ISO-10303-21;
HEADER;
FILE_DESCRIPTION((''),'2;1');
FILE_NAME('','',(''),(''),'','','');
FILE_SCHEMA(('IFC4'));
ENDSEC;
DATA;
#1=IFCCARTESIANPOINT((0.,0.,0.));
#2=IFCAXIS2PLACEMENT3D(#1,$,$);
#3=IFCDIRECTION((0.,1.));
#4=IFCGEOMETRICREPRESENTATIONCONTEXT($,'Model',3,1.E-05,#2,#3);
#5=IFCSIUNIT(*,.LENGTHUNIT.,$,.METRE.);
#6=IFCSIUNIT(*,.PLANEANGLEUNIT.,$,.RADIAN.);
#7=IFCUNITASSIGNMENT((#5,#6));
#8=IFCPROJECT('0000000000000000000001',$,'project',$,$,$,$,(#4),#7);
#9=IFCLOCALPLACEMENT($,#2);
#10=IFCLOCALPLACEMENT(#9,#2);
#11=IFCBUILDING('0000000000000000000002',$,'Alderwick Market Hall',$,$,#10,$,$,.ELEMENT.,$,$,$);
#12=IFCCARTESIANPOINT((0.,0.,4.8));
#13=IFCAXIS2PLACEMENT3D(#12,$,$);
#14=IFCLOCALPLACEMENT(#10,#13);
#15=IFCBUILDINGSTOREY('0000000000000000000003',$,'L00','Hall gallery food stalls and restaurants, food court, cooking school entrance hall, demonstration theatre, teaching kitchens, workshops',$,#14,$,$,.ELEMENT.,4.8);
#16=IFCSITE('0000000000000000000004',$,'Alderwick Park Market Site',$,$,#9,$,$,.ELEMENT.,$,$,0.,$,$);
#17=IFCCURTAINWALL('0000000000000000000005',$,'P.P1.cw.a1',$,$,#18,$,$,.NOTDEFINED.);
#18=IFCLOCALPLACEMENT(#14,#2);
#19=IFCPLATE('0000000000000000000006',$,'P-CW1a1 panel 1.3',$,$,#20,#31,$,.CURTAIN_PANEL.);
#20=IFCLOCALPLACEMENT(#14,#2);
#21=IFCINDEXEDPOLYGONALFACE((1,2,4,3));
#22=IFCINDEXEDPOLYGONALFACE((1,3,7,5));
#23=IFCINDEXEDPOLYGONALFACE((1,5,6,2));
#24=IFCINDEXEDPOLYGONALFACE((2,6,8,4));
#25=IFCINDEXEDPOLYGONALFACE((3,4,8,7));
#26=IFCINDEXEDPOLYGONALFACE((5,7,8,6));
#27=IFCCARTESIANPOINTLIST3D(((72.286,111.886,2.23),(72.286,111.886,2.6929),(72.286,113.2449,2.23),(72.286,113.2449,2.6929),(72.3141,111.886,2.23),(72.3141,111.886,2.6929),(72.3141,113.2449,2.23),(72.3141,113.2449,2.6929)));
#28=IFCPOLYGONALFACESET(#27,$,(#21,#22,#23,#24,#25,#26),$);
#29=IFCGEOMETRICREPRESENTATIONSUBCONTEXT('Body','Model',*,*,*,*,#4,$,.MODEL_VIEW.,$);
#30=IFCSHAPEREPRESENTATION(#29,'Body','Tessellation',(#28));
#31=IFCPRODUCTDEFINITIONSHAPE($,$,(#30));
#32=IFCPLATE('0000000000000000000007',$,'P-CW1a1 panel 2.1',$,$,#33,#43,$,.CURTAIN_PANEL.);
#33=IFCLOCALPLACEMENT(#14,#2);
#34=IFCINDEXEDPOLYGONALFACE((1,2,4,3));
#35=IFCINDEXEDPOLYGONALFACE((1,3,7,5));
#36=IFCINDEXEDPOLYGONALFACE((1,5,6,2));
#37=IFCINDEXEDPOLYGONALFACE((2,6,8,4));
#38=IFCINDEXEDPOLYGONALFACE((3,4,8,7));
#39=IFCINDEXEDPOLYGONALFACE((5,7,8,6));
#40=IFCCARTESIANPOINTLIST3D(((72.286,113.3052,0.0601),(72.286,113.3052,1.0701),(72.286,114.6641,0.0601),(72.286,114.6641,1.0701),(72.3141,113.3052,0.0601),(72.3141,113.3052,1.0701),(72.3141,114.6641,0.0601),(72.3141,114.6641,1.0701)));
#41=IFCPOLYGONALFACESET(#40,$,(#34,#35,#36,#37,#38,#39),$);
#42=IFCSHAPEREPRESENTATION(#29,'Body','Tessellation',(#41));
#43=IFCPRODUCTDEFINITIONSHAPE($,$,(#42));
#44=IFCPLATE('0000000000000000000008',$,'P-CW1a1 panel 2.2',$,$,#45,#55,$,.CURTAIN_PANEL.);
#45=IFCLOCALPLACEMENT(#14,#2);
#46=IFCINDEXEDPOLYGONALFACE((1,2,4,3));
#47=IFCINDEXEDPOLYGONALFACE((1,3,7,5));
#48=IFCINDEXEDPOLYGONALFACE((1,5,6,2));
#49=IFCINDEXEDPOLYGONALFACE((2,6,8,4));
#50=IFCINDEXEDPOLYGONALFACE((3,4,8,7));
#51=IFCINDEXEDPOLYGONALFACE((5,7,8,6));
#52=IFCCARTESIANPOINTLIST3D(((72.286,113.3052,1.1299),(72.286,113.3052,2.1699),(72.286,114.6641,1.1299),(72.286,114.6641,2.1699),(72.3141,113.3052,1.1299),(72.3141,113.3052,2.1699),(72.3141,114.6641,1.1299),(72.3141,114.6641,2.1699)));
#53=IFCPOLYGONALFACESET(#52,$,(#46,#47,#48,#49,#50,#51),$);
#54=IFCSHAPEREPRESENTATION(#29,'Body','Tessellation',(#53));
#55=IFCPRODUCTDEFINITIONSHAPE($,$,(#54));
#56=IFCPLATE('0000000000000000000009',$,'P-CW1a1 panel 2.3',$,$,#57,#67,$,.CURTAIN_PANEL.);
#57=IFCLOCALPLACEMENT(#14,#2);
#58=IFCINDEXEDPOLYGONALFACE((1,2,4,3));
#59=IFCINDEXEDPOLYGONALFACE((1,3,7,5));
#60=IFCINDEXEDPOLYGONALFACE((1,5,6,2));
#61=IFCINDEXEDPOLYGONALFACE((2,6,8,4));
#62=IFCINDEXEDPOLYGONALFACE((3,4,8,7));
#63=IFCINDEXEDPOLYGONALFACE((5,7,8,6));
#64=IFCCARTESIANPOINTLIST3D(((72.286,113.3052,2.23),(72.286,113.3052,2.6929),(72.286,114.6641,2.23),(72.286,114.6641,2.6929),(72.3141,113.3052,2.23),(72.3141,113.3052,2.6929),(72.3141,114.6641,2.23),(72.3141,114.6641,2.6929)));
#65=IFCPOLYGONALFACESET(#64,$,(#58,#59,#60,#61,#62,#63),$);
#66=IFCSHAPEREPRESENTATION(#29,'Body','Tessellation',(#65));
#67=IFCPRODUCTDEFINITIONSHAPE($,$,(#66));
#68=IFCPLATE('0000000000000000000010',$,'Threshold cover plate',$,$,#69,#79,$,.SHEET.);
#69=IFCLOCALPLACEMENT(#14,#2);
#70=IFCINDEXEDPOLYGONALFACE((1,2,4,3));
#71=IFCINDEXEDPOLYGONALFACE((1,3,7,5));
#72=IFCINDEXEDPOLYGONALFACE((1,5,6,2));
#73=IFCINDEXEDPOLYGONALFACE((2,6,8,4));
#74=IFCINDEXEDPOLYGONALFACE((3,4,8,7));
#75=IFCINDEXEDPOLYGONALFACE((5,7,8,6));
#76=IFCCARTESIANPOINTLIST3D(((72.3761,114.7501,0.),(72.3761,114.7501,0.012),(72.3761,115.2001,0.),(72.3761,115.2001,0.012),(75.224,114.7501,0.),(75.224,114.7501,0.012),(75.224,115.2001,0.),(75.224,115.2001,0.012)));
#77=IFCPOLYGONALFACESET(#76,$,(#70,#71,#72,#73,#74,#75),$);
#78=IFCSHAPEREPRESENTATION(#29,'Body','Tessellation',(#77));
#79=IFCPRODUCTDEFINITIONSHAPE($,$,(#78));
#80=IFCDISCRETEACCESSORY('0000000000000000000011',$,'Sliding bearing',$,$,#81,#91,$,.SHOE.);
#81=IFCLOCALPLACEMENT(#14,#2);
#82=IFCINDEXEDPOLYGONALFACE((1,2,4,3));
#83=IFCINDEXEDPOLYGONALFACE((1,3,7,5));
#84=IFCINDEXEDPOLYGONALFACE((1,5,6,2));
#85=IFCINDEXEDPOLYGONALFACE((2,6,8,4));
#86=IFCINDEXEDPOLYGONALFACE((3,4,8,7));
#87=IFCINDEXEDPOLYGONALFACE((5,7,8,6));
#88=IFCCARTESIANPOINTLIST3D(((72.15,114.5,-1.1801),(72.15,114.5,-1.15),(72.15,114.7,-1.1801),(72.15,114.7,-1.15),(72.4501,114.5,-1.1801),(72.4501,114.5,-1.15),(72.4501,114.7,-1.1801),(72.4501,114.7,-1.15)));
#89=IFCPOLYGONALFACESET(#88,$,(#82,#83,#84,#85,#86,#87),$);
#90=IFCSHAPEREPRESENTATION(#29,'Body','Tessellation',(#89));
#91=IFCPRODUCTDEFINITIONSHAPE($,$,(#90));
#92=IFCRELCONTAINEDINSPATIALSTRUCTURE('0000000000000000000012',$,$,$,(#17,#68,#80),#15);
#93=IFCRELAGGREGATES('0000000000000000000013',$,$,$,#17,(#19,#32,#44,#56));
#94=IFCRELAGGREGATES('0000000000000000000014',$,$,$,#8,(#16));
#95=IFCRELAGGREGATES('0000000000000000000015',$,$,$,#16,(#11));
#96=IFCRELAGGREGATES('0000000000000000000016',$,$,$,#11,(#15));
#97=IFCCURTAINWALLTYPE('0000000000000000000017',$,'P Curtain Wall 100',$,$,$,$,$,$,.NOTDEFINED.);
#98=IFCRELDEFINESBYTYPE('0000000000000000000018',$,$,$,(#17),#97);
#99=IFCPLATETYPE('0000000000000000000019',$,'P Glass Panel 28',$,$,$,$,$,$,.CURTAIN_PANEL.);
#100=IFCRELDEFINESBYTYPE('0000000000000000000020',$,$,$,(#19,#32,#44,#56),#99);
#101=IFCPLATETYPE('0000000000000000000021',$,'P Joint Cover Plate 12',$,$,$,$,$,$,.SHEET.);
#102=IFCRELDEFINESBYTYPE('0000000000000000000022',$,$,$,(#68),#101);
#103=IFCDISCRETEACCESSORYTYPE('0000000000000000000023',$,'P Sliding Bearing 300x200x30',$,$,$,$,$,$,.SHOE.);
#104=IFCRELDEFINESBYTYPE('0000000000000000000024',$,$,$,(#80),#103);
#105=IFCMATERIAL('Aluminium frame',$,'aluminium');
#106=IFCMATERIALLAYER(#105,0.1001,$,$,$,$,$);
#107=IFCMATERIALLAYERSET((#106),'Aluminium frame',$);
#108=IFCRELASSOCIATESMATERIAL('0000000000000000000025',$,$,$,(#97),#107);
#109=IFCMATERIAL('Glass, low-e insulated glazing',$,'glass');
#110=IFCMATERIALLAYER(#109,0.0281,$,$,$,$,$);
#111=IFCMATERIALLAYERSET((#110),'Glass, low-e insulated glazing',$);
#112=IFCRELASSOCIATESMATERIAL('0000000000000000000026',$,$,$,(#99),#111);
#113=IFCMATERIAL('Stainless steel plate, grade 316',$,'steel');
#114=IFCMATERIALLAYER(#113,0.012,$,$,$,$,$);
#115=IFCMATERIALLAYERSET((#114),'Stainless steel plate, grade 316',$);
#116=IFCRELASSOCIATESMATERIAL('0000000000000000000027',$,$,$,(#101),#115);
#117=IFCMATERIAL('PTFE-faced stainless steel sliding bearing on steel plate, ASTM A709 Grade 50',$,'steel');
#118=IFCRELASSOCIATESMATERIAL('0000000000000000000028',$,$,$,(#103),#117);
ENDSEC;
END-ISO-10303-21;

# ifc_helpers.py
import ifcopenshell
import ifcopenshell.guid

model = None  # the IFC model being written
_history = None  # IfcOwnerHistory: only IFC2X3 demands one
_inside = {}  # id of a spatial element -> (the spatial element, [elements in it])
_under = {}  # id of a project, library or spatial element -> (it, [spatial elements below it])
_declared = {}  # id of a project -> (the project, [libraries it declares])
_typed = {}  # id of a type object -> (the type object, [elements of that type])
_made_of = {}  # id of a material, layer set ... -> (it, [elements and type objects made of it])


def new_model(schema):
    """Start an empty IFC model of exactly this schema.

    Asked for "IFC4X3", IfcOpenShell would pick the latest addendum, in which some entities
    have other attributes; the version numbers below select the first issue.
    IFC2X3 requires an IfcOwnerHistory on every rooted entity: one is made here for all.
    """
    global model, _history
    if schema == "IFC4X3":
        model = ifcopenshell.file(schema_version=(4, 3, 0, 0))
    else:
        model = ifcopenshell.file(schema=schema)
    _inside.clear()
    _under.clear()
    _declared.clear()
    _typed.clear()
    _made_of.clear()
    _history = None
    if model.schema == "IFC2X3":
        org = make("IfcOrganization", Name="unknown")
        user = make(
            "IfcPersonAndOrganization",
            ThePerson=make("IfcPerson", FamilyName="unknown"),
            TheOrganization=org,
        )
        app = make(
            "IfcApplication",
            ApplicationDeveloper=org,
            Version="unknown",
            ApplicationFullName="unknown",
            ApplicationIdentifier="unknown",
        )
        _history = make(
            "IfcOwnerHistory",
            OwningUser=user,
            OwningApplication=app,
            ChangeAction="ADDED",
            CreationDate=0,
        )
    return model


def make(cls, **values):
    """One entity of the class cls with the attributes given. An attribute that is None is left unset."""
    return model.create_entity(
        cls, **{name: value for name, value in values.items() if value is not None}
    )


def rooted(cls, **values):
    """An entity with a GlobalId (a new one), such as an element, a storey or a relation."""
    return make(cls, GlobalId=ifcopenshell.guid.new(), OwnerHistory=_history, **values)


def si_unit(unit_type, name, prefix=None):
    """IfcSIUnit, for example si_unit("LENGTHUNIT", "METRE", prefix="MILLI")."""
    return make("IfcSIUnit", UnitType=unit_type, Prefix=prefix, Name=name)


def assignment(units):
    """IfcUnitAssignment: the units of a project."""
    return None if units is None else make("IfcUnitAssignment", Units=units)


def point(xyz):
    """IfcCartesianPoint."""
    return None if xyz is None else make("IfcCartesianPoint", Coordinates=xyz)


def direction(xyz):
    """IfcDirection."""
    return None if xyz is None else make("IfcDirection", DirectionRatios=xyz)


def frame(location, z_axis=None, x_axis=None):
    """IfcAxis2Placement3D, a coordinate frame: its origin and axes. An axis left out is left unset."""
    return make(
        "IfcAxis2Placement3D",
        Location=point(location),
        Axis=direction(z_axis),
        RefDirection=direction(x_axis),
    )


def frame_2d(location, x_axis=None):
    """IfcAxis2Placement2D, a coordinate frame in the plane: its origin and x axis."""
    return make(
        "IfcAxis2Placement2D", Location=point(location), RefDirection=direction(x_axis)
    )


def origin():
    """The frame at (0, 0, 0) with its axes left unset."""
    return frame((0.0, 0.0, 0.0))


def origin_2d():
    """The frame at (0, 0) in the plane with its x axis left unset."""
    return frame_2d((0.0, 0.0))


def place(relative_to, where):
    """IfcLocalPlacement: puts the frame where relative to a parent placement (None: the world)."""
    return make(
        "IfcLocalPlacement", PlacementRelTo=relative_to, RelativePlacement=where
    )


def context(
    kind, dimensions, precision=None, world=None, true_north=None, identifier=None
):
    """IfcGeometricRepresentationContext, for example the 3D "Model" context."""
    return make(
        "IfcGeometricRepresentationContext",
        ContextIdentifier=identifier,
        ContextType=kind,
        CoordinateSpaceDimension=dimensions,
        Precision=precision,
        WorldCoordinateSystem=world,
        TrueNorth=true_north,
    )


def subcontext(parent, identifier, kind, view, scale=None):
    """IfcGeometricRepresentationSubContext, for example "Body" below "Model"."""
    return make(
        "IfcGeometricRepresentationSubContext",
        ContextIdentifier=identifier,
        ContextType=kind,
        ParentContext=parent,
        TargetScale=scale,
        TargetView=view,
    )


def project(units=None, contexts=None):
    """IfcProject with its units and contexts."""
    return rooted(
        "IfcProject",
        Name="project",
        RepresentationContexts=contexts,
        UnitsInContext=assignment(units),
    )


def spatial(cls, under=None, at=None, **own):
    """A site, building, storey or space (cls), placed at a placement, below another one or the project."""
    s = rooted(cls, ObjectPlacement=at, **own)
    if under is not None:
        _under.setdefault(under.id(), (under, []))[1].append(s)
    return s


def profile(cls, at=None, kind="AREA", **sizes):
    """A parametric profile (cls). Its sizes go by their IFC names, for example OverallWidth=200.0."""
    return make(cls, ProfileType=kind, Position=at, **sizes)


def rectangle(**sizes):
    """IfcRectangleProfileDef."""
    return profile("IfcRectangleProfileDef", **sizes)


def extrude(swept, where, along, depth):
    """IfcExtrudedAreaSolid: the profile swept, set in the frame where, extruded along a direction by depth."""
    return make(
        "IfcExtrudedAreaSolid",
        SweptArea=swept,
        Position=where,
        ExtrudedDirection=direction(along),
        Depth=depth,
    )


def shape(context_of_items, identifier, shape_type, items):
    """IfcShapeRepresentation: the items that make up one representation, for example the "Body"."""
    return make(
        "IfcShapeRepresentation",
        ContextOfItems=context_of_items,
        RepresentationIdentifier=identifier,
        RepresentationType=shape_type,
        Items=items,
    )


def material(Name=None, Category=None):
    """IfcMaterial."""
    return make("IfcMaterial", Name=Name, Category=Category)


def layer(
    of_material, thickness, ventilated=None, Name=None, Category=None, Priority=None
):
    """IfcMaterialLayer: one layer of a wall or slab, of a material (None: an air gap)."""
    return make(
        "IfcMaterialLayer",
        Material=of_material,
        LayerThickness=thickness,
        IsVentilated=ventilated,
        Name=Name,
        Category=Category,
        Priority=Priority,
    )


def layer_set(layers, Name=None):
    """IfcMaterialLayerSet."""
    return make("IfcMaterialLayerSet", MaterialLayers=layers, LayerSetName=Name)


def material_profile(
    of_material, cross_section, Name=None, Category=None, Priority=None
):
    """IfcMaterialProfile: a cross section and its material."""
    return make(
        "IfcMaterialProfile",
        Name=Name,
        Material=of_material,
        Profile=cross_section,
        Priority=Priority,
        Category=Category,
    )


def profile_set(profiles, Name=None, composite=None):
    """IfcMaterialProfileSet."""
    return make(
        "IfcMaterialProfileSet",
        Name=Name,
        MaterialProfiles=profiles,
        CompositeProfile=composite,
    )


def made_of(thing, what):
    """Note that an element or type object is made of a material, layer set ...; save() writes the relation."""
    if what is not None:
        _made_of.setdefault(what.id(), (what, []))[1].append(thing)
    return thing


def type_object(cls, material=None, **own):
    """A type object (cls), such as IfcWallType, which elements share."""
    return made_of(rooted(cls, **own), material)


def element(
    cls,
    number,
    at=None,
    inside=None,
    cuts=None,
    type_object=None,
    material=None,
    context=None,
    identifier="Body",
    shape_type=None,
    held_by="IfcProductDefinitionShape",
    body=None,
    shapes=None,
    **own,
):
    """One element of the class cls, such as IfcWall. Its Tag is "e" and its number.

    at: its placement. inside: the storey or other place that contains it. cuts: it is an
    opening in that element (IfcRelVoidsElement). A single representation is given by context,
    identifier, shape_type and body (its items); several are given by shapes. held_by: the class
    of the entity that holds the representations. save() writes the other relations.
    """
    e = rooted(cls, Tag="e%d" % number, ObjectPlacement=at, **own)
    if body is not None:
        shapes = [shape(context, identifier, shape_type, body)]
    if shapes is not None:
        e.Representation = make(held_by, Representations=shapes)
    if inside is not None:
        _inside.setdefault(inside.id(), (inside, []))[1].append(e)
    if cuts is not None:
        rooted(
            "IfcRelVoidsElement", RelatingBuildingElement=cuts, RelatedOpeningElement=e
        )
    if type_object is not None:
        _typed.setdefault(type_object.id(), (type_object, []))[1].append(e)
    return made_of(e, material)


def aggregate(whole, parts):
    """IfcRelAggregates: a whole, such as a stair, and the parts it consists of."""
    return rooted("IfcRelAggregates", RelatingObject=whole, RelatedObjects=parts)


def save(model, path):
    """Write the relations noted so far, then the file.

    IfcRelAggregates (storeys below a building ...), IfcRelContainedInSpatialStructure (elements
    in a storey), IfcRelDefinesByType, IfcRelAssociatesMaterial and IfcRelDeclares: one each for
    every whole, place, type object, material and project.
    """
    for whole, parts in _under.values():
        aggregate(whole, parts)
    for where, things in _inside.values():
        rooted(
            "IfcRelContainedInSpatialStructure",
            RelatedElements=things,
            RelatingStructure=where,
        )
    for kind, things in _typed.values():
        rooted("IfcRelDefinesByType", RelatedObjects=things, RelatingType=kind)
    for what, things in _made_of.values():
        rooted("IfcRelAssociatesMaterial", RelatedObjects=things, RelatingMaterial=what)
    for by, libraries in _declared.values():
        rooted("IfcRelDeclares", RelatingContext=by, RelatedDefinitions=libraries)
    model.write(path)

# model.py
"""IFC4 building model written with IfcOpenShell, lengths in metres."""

from ifc_helpers import new_model, si_unit, direction, frame, origin, origin_2d, place, context, subcontext, project, spatial, rectangle, extrude, material, layer, layer_set, material_profile, profile_set, type_object, element, aggregate, save


model = new_model("IFC4")

# Units and contexts
model_context = context("Model", 3, precision=1e-05, world=origin(), true_north=direction((0.0, 1.0)))
body_context = subcontext(model_context, "Body", "Model", "MODEL_VIEW")
ifc_project = project(units=[si_unit("LENGTHUNIT", "METRE"), si_unit("PLANEANGLEUNIT", "RADIAN")], contexts=[model_context])

# Site, building, storey
site_placement = place(None, origin())
site = spatial("IfcSite", under=ifc_project, at=site_placement, Name="Alderwick Park Market Site", CompositionType="ELEMENT", RefElevation=0.0)
building_placement = place(site_placement, origin())
building = spatial("IfcBuilding", under=site, at=building_placement, Name="Alderwick Market Hall", CompositionType="ELEMENT")
storey_placement = place(building_placement, frame((0.0, 0.0, 4.8)))
storey = spatial("IfcBuildingStorey", under=building, at=storey_placement, Name="L00", Description="Hall gallery food stalls and restaurants, food court, cooking school entrance hall, demonstration theatre, teaching kitchens, workshops", CompositionType="ELEMENT", Elevation=4.8)

# Curtain wall
ifc_material_1 = material(Name="Aluminium frame", Category="aluminium")
ifc_layer_1 = layer(ifc_material_1, 0.1001)
ifc_layer_set_1 = layer_set([ifc_layer_1], Name="Aluminium frame")
curtain_wall_type = type_object("IfcCurtainWallType", Name="P Curtain Wall 100", PredefinedType="NOTDEFINED", material=ifc_layer_set_1)
curtain_wall_placement = place(storey_placement, origin())
curtain_wall = element("IfcCurtainWall", 1, at=curtain_wall_placement, inside=storey, type_object=curtain_wall_type, Name="P.P1.cw.a1", PredefinedType="NOTDEFINED")

# Plates
ifc_material_2 = material(Name="Glass, low-e insulated glazing", Category="glass")
ifc_layer_2 = layer(ifc_material_2, 0.0281)
ifc_layer_set_2 = layer_set([ifc_layer_2], Name="Glass, low-e insulated glazing")
plate_type_1 = type_object("IfcPlateType", Name="P Glass Panel 28", PredefinedType="CURTAIN_PANEL", material=ifc_layer_set_2)
plate_1_placement = place(storey_placement, frame((72.3, 112.5654, 2.23), z_axis=(0.0, 0.0, 1.0), x_axis=(0.0, 1.0, 0.0)))
plate_1 = element("IfcPlate", 2, at=plate_1_placement, type_object=plate_type_1, Name="P-CW1a1 panel 1.3", PredefinedType="CURTAIN_PANEL", context=body_context, shape_type="SweptSolid", body=[
    extrude(rectangle(XDim=1.3589, YDim=0.0281, at=origin_2d()), origin(), (0.0, 0.0, 1.0), 0.4629),
])
plate_2_placement = place(storey_placement, frame((72.3, 113.9846, 0.0601), z_axis=(0.0, 0.0, 1.0), x_axis=(0.0, 1.0, 0.0)))
plate_2 = element("IfcPlate", 3, at=plate_2_placement, type_object=plate_type_1, Name="P-CW1a1 panel 2.1", PredefinedType="CURTAIN_PANEL", context=body_context, shape_type="SweptSolid", body=[
    extrude(rectangle(XDim=1.3589, YDim=0.0281, at=origin_2d()), origin(), (0.0, 0.0, 1.0), 1.01),
])
plate_3_placement = place(storey_placement, frame((72.3, 113.9846, 1.1299), z_axis=(0.0, 0.0, 1.0), x_axis=(0.0, 1.0, 0.0)))
plate_3 = element("IfcPlate", 4, at=plate_3_placement, type_object=plate_type_1, Name="P-CW1a1 panel 2.2", PredefinedType="CURTAIN_PANEL", context=body_context, shape_type="SweptSolid", body=[
    extrude(rectangle(XDim=1.3589, YDim=0.0281, at=origin_2d()), origin(), (0.0, 0.0, 1.0), 1.04),
])
plate_4_placement = place(storey_placement, frame((72.3, 113.9846, 2.23), z_axis=(0.0, 0.0, 1.0), x_axis=(0.0, 1.0, 0.0)))
plate_4 = element("IfcPlate", 5, at=plate_4_placement, type_object=plate_type_1, Name="P-CW1a1 panel 2.3", PredefinedType="CURTAIN_PANEL", context=body_context, shape_type="SweptSolid", body=[
    extrude(rectangle(XDim=1.3589, YDim=0.0281, at=origin_2d()), origin(), (0.0, 0.0, 1.0), 0.4629),
])
aggregate(curtain_wall, [plate_1, plate_2, plate_3, plate_4])
ifc_material_3 = material(Name="Stainless steel plate, grade 316", Category="steel")
ifc_layer_3 = layer(ifc_material_3, 0.012)
ifc_layer_set_3 = layer_set([ifc_layer_3], Name="Stainless steel plate, grade 316")
plate_type_2 = type_object("IfcPlateType", Name="P Joint Cover Plate 12", PredefinedType="SHEET", material=ifc_layer_set_3)
plate_5_placement = place(storey_placement, frame((73.8, 114.9751, 0.0), z_axis=(0.0, 0.0, 1.0), x_axis=(1.0, 0.0, 0.0)))
element("IfcPlate", 6, at=plate_5_placement, inside=storey, type_object=plate_type_2, Name="Threshold cover plate", PredefinedType="SHEET", context=body_context, shape_type="SweptSolid", body=[
    extrude(rectangle(XDim=2.8479, YDim=0.45, at=origin_2d()), origin(), (0.0, 0.0, 1.0), 0.012),
])

# Discrete accessory
ifc_material_4 = material(Name="PTFE-faced stainless steel sliding bearing on steel plate, ASTM A709 Grade 50", Category="steel")
ifc_material_profile_1 = material_profile(ifc_material_4, rectangle(XDim=0.3, YDim=0.03, at=origin_2d()), Name="P Sliding Bearing 300x200x30")
ifc_profile_set_1 = profile_set([ifc_material_profile_1], Name="PTFE-faced stainless steel sliding bearing on steel plate, ASTM A709 Grade 50")
discrete_accessory_type = type_object("IfcDiscreteAccessoryType", Name="P Sliding Bearing 300x200x30", PredefinedType="SHOE", material=ifc_profile_set_1)
discrete_accessory_placement = place(storey_placement, frame((72.3, 114.5, -1.165), z_axis=(0.0, 1.0, 0.0), x_axis=(-1.0, 0.0, 0.0)))
element("IfcDiscreteAccessory", 7, at=discrete_accessory_placement, inside=storey, type_object=discrete_accessory_type, Name="Sliding bearing", PredefinedType="SHOE", context=body_context, shape_type="SweptSolid", body=[
    extrude(rectangle(XDim=0.3, YDim=0.03, at=origin_2d()), origin(), (0.0, 0.0, 1.0), 0.2),
])

save(model, "model.ifc")
